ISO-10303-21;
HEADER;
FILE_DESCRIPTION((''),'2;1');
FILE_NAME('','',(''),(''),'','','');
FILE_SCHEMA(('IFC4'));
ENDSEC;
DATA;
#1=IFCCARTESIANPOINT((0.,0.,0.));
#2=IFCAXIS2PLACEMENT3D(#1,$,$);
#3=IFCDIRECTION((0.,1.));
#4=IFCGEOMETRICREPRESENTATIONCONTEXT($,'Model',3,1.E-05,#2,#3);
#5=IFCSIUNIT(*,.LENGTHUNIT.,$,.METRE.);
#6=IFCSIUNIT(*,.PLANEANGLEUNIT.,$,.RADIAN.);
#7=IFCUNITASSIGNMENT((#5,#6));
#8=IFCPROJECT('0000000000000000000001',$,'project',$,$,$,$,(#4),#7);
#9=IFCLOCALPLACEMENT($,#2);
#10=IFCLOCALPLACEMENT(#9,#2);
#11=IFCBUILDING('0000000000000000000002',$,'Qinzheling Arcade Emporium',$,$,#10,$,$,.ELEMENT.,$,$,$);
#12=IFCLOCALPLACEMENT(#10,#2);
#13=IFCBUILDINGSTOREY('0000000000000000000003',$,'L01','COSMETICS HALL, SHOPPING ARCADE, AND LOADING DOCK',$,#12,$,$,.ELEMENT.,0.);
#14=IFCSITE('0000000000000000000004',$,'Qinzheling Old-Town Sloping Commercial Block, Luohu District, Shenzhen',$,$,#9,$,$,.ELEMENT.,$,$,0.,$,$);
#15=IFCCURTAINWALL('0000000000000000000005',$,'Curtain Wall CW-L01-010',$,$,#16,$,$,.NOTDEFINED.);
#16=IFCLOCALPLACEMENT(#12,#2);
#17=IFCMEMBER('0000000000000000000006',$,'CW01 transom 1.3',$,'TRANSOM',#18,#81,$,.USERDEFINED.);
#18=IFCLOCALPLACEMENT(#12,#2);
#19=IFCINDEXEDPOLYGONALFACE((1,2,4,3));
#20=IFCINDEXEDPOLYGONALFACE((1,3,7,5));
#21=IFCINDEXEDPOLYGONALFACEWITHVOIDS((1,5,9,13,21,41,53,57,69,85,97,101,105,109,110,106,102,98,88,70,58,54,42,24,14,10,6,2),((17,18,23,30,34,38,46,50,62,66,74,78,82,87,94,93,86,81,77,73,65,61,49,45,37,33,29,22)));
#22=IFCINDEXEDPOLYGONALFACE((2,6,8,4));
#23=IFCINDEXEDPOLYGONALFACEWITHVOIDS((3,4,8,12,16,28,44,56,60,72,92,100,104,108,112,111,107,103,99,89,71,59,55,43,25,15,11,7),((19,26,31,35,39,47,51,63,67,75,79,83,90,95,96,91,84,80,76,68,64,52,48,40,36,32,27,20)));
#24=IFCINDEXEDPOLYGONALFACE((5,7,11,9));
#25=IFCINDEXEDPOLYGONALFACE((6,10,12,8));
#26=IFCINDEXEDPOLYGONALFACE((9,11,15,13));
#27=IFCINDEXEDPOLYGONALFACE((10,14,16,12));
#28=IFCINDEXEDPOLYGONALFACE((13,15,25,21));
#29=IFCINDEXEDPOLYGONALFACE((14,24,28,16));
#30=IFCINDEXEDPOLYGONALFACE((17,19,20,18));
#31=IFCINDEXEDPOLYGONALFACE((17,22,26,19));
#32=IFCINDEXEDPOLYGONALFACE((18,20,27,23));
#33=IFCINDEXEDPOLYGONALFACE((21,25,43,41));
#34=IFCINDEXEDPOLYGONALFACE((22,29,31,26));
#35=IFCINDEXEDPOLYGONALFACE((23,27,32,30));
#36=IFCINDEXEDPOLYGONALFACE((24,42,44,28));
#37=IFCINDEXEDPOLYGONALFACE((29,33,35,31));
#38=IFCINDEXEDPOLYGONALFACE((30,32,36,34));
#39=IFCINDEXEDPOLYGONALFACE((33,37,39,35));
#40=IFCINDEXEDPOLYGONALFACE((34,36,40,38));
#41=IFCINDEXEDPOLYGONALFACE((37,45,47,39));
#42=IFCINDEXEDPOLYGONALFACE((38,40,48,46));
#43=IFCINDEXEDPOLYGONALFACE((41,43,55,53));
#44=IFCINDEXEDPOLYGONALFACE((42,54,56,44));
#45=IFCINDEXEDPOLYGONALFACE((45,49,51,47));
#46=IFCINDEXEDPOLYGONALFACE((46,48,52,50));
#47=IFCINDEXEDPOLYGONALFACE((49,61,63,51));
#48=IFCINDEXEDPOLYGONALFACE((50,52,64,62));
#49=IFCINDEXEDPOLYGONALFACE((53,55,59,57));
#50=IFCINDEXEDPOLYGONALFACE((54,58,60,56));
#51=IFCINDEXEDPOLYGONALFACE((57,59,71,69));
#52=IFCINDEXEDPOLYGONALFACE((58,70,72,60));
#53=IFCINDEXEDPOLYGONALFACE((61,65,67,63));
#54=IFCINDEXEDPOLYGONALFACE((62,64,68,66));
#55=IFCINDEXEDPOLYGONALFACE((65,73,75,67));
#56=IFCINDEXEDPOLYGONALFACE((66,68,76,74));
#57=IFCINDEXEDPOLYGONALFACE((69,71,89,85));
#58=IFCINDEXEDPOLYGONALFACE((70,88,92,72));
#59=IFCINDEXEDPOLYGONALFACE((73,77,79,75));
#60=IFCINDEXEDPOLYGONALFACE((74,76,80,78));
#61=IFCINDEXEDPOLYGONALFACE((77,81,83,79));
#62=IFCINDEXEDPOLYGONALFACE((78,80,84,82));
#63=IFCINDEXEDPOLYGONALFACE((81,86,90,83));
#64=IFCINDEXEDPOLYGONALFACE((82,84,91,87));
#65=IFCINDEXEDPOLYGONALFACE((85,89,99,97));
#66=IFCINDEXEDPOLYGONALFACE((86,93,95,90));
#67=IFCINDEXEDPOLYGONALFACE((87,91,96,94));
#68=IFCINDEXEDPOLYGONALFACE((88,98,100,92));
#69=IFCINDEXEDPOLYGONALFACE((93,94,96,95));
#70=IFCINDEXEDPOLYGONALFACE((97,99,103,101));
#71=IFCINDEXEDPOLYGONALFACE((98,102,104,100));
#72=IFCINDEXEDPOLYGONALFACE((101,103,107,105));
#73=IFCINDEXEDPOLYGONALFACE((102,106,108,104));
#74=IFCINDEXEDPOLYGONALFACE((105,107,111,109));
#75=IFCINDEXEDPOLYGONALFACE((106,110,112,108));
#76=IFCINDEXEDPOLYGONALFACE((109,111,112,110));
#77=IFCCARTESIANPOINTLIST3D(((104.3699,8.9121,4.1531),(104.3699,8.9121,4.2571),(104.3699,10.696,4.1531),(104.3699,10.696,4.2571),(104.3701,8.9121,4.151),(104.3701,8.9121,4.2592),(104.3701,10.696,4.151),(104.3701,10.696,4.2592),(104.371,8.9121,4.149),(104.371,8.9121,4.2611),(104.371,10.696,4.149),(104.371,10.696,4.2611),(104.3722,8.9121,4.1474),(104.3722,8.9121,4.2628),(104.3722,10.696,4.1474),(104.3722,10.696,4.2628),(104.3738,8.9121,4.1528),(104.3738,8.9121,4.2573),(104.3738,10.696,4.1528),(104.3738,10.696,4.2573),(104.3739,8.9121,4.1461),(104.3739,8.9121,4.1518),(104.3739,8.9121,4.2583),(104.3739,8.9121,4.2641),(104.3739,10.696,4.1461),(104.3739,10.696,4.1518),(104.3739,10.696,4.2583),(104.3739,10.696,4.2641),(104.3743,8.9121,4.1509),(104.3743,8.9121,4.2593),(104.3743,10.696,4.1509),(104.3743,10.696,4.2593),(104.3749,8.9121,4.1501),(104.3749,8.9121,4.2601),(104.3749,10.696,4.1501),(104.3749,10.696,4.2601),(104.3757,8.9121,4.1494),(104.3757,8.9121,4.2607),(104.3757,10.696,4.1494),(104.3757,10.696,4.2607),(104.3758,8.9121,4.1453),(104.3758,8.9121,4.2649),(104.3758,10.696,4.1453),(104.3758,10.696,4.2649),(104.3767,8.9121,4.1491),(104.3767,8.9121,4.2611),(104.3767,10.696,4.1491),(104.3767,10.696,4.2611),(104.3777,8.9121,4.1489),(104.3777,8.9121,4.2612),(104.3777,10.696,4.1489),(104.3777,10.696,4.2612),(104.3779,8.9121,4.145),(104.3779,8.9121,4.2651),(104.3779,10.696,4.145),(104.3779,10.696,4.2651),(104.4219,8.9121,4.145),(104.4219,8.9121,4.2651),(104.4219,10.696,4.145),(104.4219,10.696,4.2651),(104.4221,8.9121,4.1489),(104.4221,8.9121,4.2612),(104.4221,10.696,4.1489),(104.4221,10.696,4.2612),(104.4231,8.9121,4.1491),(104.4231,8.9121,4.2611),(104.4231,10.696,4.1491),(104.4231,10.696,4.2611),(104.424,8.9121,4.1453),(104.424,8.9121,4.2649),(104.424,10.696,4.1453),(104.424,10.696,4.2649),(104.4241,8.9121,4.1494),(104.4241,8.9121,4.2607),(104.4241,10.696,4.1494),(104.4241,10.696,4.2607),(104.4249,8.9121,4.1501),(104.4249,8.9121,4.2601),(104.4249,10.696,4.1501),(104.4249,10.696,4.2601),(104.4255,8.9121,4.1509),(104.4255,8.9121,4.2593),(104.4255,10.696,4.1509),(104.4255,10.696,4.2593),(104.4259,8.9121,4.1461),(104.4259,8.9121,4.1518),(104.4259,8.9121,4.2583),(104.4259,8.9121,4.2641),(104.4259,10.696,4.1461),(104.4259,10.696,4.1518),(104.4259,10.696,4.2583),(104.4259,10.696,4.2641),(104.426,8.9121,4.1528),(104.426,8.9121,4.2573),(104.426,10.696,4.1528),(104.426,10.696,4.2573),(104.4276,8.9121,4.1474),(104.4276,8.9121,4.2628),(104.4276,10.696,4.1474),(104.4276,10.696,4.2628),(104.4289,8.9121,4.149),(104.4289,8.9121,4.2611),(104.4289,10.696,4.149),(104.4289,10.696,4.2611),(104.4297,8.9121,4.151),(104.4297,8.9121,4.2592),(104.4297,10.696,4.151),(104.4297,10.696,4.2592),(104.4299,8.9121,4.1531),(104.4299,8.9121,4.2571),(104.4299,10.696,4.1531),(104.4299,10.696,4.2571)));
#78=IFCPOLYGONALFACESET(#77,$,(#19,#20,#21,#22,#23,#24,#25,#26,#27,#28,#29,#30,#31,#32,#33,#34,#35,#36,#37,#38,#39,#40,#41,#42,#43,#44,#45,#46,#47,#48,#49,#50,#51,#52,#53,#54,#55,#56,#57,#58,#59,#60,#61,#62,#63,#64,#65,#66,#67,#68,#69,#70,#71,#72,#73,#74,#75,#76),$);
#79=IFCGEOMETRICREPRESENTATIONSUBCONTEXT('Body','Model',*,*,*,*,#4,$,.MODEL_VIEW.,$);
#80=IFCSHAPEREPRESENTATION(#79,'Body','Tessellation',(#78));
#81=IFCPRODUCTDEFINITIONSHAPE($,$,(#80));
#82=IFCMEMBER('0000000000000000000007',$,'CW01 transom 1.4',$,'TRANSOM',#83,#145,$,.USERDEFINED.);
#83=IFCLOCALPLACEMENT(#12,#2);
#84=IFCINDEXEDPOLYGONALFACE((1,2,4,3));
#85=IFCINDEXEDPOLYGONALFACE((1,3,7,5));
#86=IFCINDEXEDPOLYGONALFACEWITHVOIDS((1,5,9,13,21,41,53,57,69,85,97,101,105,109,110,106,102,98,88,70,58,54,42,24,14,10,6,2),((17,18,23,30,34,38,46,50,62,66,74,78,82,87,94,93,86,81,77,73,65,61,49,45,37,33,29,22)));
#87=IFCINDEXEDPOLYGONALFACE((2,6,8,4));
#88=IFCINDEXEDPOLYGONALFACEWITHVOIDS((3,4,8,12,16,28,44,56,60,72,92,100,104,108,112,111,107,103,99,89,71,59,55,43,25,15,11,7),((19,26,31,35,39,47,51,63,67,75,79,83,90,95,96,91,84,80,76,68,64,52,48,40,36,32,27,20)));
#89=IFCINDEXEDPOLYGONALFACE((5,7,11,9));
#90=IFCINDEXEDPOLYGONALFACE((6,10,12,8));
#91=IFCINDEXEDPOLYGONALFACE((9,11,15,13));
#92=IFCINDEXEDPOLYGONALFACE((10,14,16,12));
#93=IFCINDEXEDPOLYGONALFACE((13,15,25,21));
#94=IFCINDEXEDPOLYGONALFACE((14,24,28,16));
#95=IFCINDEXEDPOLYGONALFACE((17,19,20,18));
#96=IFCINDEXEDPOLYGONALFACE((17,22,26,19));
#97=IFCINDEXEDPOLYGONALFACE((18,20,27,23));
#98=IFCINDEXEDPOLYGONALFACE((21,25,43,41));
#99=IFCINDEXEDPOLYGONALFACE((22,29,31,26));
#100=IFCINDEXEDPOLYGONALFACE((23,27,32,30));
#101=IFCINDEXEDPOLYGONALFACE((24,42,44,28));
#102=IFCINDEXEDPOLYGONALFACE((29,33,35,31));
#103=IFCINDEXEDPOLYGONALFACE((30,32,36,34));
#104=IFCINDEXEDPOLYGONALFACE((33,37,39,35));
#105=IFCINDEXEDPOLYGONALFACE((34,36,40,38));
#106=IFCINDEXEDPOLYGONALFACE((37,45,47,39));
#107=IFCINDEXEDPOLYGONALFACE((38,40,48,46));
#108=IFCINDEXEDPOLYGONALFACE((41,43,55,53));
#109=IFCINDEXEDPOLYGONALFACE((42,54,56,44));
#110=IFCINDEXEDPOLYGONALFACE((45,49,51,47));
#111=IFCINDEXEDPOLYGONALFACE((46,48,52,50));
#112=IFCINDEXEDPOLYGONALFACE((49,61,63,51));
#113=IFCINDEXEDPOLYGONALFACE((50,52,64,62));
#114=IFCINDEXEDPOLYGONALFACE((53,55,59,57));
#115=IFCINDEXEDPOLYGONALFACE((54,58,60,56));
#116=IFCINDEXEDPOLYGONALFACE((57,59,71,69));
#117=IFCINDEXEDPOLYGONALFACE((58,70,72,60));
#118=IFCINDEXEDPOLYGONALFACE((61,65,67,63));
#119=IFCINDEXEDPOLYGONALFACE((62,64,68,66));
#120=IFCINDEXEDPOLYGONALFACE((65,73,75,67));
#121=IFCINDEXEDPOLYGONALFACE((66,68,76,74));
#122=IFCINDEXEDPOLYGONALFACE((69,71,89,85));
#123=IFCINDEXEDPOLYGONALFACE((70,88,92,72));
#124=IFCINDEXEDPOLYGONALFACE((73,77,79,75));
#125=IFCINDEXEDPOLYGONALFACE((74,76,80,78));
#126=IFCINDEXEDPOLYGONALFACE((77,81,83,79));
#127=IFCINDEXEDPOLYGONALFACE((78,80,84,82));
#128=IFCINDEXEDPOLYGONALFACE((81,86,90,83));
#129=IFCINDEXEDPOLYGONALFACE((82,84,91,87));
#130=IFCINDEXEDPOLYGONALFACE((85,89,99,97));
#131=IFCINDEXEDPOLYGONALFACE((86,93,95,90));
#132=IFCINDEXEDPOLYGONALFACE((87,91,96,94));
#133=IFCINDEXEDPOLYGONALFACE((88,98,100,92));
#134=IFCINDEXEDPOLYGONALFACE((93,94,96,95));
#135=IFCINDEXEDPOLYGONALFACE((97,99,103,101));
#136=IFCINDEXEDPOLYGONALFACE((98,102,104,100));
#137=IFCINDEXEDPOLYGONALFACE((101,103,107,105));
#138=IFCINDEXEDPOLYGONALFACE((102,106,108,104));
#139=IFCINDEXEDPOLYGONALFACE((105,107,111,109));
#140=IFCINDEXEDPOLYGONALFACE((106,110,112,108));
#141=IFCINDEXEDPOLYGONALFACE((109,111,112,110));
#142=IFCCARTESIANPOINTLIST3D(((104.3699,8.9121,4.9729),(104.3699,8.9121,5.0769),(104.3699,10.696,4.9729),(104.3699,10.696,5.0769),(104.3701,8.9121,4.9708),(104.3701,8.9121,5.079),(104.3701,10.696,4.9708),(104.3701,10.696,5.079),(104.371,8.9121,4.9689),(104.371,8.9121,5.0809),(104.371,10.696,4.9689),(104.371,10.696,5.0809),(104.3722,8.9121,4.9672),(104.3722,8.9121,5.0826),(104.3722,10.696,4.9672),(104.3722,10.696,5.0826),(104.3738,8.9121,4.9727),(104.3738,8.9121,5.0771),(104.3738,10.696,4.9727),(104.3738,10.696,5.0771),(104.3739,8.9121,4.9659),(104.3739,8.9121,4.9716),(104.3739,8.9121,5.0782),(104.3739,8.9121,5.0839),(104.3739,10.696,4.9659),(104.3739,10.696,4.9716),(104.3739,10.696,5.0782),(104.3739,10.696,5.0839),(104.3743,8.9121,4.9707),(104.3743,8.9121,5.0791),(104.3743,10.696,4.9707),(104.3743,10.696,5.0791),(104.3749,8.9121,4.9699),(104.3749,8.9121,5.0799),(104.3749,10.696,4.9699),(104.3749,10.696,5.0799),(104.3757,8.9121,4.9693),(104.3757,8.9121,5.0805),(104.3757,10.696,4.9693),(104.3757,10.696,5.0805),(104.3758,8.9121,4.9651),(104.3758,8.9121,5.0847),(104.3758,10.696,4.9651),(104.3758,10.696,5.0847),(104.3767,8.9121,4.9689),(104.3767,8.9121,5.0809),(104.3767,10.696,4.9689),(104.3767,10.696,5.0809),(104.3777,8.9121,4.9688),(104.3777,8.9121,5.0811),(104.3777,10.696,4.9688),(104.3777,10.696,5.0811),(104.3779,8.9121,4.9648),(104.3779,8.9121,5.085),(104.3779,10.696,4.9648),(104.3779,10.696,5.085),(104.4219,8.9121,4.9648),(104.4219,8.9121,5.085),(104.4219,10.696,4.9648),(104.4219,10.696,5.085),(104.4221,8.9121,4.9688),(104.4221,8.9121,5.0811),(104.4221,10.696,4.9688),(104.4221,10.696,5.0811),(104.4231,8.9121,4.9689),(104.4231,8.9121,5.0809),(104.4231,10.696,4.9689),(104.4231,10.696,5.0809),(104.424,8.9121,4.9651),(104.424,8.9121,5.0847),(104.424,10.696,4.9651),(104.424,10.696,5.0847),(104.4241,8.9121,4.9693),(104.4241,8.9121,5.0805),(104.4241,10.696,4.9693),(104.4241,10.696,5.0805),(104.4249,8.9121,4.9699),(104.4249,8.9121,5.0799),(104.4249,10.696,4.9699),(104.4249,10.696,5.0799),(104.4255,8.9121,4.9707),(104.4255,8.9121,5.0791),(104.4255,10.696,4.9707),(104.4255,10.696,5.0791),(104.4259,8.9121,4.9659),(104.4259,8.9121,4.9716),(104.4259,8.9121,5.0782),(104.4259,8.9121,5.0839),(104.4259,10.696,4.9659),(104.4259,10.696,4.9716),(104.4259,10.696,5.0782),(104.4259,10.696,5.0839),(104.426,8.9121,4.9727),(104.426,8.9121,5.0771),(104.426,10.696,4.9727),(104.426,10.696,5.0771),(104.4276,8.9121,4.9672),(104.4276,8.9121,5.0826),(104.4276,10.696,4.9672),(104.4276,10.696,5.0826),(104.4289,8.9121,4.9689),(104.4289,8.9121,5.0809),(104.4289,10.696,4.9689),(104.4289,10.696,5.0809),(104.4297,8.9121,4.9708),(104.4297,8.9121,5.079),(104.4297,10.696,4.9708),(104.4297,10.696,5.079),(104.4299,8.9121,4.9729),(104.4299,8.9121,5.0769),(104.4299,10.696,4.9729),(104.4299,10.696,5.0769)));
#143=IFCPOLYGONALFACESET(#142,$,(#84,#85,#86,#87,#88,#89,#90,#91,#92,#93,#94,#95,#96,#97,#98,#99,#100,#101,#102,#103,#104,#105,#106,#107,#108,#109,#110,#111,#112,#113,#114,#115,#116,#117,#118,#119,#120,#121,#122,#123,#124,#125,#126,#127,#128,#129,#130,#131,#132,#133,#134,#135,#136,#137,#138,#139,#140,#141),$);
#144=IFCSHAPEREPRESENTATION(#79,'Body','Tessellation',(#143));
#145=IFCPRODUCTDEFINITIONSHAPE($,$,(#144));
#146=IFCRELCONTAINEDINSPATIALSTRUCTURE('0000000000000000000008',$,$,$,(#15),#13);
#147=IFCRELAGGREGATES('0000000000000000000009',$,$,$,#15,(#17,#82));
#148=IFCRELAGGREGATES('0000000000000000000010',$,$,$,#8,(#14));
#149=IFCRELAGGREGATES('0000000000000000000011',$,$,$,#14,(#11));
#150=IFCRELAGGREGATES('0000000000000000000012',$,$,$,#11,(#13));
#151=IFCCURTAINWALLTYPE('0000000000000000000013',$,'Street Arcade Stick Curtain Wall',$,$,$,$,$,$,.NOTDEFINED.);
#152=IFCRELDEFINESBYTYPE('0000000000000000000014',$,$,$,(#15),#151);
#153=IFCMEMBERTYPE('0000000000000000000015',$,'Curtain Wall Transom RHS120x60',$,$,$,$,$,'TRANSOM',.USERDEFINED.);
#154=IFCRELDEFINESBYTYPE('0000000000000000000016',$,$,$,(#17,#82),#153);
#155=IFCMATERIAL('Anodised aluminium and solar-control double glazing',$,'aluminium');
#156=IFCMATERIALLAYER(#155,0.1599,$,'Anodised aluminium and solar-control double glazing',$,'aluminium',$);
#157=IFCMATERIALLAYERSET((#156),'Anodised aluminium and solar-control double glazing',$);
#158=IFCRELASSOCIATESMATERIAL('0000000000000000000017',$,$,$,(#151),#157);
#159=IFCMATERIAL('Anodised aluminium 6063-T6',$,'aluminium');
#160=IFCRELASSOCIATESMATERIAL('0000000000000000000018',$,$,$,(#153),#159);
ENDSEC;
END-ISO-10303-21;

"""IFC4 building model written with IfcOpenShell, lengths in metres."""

from ifc_helpers import new_model, si_unit, direction, frame, origin, origin_2d, place, context, subcontext, project, spatial, hollow_rectangle, extrude, material, layer, layer_set, material_profile, profile_set, type_object, element, aggregate, save


model = new_model("IFC4")

# Units and contexts
model_context = context("Model", 3, precision=1e-05, world=origin(), true_north=direction((0.0, 1.0)))
body_context = subcontext(model_context, "Body", "Model", "MODEL_VIEW")
ifc_project = project(units=[si_unit("LENGTHUNIT", "METRE"), si_unit("PLANEANGLEUNIT", "RADIAN")], contexts=[model_context])

# Site, building, storey
site_placement = place(None, origin())
site = spatial("IfcSite", under=ifc_project, at=site_placement, Name="Qinzheling Old-Town Sloping Commercial Block, Luohu District, Shenzhen", CompositionType="ELEMENT", RefElevation=0.0)
building_placement = place(site_placement, origin())
building = spatial("IfcBuilding", under=site, at=building_placement, Name="Qinzheling Arcade Emporium", CompositionType="ELEMENT")
storey_placement = place(building_placement, origin())
storey = spatial("IfcBuildingStorey", under=building, at=storey_placement, Name="L01", Description="COSMETICS HALL, SHOPPING ARCADE, AND LOADING DOCK", CompositionType="ELEMENT", Elevation=0.0)

# Curtain wall, members
ifc_material_1 = material(Name="Anodised aluminium and solar-control double glazing", Category="aluminium")
ifc_layer_1 = layer(ifc_material_1, 0.1599, Name="Anodised aluminium and solar-control double glazing", Category="aluminium")
ifc_layer_set_1 = layer_set([ifc_layer_1], Name="Anodised aluminium and solar-control double glazing")
curtain_wall_type = type_object("IfcCurtainWallType", Name="Street Arcade Stick Curtain Wall", PredefinedType="NOTDEFINED", material=ifc_layer_set_1)
curtain_wall_placement = place(storey_placement, origin())
curtain_wall = element("IfcCurtainWall", 1, at=curtain_wall_placement, inside=storey, type_object=curtain_wall_type, Name="Curtain Wall CW-L01-010", PredefinedType="NOTDEFINED")
ifc_material_2 = material(Name="Anodised aluminium 6063-T6", Category="aluminium")
ifc_material_profile_1 = material_profile(ifc_material_2, hollow_rectangle(XDim=0.0601, YDim=0.1201, WallThickness=0.0039, InnerFilletRadius=0.0039, OuterFilletRadius=0.0081, at=origin_2d()), Name="RHS 120x60x4", Category="aluminium")
ifc_profile_set_1 = profile_set([ifc_material_profile_1], Name="Anodised aluminium 6063-T6")
member_type_1 = type_object("IfcMemberType", Name="Curtain Wall Transom RHS120x60", ElementType="TRANSOM", PredefinedType="USERDEFINED", material=ifc_profile_set_1)
member_1_placement = place(storey_placement, frame((104.3999, 8.9121, 4.2051), z_axis=(0.0, 1.0, 0.0), x_axis=(-1.0, 0.0, 0.0)))
member_1 = element("IfcMember", 2, at=member_1_placement, type_object=member_type_1, Name="CW01 transom 1.3", ObjectType="TRANSOM", PredefinedType="USERDEFINED", context=body_context, shape_type="SweptSolid", body=[
    extrude(hollow_rectangle(XDim=0.0601, YDim=0.1201, WallThickness=0.0039, InnerFilletRadius=0.0039, OuterFilletRadius=0.0081, at=origin_2d()), origin(), (0.0, 0.0, 1.0), 1.7839),
])
member_2_placement = place(storey_placement, frame((104.3999, 8.9121, 5.0249), z_axis=(0.0, 1.0, 0.0), x_axis=(-1.0, 0.0, 0.0)))
member_2 = element("IfcMember", 3, at=member_2_placement, type_object=member_type_1, Name="CW01 transom 1.4", ObjectType="TRANSOM", PredefinedType="USERDEFINED", context=body_context, shape_type="SweptSolid", body=[
    extrude(hollow_rectangle(XDim=0.0601, YDim=0.1201, WallThickness=0.0039, InnerFilletRadius=0.0039, OuterFilletRadius=0.0081, at=origin_2d()), origin(), (0.0, 0.0, 1.0), 1.7839),
])

aggregate(curtain_wall, [member_1, member_2])

save(model, "model.ifc")
